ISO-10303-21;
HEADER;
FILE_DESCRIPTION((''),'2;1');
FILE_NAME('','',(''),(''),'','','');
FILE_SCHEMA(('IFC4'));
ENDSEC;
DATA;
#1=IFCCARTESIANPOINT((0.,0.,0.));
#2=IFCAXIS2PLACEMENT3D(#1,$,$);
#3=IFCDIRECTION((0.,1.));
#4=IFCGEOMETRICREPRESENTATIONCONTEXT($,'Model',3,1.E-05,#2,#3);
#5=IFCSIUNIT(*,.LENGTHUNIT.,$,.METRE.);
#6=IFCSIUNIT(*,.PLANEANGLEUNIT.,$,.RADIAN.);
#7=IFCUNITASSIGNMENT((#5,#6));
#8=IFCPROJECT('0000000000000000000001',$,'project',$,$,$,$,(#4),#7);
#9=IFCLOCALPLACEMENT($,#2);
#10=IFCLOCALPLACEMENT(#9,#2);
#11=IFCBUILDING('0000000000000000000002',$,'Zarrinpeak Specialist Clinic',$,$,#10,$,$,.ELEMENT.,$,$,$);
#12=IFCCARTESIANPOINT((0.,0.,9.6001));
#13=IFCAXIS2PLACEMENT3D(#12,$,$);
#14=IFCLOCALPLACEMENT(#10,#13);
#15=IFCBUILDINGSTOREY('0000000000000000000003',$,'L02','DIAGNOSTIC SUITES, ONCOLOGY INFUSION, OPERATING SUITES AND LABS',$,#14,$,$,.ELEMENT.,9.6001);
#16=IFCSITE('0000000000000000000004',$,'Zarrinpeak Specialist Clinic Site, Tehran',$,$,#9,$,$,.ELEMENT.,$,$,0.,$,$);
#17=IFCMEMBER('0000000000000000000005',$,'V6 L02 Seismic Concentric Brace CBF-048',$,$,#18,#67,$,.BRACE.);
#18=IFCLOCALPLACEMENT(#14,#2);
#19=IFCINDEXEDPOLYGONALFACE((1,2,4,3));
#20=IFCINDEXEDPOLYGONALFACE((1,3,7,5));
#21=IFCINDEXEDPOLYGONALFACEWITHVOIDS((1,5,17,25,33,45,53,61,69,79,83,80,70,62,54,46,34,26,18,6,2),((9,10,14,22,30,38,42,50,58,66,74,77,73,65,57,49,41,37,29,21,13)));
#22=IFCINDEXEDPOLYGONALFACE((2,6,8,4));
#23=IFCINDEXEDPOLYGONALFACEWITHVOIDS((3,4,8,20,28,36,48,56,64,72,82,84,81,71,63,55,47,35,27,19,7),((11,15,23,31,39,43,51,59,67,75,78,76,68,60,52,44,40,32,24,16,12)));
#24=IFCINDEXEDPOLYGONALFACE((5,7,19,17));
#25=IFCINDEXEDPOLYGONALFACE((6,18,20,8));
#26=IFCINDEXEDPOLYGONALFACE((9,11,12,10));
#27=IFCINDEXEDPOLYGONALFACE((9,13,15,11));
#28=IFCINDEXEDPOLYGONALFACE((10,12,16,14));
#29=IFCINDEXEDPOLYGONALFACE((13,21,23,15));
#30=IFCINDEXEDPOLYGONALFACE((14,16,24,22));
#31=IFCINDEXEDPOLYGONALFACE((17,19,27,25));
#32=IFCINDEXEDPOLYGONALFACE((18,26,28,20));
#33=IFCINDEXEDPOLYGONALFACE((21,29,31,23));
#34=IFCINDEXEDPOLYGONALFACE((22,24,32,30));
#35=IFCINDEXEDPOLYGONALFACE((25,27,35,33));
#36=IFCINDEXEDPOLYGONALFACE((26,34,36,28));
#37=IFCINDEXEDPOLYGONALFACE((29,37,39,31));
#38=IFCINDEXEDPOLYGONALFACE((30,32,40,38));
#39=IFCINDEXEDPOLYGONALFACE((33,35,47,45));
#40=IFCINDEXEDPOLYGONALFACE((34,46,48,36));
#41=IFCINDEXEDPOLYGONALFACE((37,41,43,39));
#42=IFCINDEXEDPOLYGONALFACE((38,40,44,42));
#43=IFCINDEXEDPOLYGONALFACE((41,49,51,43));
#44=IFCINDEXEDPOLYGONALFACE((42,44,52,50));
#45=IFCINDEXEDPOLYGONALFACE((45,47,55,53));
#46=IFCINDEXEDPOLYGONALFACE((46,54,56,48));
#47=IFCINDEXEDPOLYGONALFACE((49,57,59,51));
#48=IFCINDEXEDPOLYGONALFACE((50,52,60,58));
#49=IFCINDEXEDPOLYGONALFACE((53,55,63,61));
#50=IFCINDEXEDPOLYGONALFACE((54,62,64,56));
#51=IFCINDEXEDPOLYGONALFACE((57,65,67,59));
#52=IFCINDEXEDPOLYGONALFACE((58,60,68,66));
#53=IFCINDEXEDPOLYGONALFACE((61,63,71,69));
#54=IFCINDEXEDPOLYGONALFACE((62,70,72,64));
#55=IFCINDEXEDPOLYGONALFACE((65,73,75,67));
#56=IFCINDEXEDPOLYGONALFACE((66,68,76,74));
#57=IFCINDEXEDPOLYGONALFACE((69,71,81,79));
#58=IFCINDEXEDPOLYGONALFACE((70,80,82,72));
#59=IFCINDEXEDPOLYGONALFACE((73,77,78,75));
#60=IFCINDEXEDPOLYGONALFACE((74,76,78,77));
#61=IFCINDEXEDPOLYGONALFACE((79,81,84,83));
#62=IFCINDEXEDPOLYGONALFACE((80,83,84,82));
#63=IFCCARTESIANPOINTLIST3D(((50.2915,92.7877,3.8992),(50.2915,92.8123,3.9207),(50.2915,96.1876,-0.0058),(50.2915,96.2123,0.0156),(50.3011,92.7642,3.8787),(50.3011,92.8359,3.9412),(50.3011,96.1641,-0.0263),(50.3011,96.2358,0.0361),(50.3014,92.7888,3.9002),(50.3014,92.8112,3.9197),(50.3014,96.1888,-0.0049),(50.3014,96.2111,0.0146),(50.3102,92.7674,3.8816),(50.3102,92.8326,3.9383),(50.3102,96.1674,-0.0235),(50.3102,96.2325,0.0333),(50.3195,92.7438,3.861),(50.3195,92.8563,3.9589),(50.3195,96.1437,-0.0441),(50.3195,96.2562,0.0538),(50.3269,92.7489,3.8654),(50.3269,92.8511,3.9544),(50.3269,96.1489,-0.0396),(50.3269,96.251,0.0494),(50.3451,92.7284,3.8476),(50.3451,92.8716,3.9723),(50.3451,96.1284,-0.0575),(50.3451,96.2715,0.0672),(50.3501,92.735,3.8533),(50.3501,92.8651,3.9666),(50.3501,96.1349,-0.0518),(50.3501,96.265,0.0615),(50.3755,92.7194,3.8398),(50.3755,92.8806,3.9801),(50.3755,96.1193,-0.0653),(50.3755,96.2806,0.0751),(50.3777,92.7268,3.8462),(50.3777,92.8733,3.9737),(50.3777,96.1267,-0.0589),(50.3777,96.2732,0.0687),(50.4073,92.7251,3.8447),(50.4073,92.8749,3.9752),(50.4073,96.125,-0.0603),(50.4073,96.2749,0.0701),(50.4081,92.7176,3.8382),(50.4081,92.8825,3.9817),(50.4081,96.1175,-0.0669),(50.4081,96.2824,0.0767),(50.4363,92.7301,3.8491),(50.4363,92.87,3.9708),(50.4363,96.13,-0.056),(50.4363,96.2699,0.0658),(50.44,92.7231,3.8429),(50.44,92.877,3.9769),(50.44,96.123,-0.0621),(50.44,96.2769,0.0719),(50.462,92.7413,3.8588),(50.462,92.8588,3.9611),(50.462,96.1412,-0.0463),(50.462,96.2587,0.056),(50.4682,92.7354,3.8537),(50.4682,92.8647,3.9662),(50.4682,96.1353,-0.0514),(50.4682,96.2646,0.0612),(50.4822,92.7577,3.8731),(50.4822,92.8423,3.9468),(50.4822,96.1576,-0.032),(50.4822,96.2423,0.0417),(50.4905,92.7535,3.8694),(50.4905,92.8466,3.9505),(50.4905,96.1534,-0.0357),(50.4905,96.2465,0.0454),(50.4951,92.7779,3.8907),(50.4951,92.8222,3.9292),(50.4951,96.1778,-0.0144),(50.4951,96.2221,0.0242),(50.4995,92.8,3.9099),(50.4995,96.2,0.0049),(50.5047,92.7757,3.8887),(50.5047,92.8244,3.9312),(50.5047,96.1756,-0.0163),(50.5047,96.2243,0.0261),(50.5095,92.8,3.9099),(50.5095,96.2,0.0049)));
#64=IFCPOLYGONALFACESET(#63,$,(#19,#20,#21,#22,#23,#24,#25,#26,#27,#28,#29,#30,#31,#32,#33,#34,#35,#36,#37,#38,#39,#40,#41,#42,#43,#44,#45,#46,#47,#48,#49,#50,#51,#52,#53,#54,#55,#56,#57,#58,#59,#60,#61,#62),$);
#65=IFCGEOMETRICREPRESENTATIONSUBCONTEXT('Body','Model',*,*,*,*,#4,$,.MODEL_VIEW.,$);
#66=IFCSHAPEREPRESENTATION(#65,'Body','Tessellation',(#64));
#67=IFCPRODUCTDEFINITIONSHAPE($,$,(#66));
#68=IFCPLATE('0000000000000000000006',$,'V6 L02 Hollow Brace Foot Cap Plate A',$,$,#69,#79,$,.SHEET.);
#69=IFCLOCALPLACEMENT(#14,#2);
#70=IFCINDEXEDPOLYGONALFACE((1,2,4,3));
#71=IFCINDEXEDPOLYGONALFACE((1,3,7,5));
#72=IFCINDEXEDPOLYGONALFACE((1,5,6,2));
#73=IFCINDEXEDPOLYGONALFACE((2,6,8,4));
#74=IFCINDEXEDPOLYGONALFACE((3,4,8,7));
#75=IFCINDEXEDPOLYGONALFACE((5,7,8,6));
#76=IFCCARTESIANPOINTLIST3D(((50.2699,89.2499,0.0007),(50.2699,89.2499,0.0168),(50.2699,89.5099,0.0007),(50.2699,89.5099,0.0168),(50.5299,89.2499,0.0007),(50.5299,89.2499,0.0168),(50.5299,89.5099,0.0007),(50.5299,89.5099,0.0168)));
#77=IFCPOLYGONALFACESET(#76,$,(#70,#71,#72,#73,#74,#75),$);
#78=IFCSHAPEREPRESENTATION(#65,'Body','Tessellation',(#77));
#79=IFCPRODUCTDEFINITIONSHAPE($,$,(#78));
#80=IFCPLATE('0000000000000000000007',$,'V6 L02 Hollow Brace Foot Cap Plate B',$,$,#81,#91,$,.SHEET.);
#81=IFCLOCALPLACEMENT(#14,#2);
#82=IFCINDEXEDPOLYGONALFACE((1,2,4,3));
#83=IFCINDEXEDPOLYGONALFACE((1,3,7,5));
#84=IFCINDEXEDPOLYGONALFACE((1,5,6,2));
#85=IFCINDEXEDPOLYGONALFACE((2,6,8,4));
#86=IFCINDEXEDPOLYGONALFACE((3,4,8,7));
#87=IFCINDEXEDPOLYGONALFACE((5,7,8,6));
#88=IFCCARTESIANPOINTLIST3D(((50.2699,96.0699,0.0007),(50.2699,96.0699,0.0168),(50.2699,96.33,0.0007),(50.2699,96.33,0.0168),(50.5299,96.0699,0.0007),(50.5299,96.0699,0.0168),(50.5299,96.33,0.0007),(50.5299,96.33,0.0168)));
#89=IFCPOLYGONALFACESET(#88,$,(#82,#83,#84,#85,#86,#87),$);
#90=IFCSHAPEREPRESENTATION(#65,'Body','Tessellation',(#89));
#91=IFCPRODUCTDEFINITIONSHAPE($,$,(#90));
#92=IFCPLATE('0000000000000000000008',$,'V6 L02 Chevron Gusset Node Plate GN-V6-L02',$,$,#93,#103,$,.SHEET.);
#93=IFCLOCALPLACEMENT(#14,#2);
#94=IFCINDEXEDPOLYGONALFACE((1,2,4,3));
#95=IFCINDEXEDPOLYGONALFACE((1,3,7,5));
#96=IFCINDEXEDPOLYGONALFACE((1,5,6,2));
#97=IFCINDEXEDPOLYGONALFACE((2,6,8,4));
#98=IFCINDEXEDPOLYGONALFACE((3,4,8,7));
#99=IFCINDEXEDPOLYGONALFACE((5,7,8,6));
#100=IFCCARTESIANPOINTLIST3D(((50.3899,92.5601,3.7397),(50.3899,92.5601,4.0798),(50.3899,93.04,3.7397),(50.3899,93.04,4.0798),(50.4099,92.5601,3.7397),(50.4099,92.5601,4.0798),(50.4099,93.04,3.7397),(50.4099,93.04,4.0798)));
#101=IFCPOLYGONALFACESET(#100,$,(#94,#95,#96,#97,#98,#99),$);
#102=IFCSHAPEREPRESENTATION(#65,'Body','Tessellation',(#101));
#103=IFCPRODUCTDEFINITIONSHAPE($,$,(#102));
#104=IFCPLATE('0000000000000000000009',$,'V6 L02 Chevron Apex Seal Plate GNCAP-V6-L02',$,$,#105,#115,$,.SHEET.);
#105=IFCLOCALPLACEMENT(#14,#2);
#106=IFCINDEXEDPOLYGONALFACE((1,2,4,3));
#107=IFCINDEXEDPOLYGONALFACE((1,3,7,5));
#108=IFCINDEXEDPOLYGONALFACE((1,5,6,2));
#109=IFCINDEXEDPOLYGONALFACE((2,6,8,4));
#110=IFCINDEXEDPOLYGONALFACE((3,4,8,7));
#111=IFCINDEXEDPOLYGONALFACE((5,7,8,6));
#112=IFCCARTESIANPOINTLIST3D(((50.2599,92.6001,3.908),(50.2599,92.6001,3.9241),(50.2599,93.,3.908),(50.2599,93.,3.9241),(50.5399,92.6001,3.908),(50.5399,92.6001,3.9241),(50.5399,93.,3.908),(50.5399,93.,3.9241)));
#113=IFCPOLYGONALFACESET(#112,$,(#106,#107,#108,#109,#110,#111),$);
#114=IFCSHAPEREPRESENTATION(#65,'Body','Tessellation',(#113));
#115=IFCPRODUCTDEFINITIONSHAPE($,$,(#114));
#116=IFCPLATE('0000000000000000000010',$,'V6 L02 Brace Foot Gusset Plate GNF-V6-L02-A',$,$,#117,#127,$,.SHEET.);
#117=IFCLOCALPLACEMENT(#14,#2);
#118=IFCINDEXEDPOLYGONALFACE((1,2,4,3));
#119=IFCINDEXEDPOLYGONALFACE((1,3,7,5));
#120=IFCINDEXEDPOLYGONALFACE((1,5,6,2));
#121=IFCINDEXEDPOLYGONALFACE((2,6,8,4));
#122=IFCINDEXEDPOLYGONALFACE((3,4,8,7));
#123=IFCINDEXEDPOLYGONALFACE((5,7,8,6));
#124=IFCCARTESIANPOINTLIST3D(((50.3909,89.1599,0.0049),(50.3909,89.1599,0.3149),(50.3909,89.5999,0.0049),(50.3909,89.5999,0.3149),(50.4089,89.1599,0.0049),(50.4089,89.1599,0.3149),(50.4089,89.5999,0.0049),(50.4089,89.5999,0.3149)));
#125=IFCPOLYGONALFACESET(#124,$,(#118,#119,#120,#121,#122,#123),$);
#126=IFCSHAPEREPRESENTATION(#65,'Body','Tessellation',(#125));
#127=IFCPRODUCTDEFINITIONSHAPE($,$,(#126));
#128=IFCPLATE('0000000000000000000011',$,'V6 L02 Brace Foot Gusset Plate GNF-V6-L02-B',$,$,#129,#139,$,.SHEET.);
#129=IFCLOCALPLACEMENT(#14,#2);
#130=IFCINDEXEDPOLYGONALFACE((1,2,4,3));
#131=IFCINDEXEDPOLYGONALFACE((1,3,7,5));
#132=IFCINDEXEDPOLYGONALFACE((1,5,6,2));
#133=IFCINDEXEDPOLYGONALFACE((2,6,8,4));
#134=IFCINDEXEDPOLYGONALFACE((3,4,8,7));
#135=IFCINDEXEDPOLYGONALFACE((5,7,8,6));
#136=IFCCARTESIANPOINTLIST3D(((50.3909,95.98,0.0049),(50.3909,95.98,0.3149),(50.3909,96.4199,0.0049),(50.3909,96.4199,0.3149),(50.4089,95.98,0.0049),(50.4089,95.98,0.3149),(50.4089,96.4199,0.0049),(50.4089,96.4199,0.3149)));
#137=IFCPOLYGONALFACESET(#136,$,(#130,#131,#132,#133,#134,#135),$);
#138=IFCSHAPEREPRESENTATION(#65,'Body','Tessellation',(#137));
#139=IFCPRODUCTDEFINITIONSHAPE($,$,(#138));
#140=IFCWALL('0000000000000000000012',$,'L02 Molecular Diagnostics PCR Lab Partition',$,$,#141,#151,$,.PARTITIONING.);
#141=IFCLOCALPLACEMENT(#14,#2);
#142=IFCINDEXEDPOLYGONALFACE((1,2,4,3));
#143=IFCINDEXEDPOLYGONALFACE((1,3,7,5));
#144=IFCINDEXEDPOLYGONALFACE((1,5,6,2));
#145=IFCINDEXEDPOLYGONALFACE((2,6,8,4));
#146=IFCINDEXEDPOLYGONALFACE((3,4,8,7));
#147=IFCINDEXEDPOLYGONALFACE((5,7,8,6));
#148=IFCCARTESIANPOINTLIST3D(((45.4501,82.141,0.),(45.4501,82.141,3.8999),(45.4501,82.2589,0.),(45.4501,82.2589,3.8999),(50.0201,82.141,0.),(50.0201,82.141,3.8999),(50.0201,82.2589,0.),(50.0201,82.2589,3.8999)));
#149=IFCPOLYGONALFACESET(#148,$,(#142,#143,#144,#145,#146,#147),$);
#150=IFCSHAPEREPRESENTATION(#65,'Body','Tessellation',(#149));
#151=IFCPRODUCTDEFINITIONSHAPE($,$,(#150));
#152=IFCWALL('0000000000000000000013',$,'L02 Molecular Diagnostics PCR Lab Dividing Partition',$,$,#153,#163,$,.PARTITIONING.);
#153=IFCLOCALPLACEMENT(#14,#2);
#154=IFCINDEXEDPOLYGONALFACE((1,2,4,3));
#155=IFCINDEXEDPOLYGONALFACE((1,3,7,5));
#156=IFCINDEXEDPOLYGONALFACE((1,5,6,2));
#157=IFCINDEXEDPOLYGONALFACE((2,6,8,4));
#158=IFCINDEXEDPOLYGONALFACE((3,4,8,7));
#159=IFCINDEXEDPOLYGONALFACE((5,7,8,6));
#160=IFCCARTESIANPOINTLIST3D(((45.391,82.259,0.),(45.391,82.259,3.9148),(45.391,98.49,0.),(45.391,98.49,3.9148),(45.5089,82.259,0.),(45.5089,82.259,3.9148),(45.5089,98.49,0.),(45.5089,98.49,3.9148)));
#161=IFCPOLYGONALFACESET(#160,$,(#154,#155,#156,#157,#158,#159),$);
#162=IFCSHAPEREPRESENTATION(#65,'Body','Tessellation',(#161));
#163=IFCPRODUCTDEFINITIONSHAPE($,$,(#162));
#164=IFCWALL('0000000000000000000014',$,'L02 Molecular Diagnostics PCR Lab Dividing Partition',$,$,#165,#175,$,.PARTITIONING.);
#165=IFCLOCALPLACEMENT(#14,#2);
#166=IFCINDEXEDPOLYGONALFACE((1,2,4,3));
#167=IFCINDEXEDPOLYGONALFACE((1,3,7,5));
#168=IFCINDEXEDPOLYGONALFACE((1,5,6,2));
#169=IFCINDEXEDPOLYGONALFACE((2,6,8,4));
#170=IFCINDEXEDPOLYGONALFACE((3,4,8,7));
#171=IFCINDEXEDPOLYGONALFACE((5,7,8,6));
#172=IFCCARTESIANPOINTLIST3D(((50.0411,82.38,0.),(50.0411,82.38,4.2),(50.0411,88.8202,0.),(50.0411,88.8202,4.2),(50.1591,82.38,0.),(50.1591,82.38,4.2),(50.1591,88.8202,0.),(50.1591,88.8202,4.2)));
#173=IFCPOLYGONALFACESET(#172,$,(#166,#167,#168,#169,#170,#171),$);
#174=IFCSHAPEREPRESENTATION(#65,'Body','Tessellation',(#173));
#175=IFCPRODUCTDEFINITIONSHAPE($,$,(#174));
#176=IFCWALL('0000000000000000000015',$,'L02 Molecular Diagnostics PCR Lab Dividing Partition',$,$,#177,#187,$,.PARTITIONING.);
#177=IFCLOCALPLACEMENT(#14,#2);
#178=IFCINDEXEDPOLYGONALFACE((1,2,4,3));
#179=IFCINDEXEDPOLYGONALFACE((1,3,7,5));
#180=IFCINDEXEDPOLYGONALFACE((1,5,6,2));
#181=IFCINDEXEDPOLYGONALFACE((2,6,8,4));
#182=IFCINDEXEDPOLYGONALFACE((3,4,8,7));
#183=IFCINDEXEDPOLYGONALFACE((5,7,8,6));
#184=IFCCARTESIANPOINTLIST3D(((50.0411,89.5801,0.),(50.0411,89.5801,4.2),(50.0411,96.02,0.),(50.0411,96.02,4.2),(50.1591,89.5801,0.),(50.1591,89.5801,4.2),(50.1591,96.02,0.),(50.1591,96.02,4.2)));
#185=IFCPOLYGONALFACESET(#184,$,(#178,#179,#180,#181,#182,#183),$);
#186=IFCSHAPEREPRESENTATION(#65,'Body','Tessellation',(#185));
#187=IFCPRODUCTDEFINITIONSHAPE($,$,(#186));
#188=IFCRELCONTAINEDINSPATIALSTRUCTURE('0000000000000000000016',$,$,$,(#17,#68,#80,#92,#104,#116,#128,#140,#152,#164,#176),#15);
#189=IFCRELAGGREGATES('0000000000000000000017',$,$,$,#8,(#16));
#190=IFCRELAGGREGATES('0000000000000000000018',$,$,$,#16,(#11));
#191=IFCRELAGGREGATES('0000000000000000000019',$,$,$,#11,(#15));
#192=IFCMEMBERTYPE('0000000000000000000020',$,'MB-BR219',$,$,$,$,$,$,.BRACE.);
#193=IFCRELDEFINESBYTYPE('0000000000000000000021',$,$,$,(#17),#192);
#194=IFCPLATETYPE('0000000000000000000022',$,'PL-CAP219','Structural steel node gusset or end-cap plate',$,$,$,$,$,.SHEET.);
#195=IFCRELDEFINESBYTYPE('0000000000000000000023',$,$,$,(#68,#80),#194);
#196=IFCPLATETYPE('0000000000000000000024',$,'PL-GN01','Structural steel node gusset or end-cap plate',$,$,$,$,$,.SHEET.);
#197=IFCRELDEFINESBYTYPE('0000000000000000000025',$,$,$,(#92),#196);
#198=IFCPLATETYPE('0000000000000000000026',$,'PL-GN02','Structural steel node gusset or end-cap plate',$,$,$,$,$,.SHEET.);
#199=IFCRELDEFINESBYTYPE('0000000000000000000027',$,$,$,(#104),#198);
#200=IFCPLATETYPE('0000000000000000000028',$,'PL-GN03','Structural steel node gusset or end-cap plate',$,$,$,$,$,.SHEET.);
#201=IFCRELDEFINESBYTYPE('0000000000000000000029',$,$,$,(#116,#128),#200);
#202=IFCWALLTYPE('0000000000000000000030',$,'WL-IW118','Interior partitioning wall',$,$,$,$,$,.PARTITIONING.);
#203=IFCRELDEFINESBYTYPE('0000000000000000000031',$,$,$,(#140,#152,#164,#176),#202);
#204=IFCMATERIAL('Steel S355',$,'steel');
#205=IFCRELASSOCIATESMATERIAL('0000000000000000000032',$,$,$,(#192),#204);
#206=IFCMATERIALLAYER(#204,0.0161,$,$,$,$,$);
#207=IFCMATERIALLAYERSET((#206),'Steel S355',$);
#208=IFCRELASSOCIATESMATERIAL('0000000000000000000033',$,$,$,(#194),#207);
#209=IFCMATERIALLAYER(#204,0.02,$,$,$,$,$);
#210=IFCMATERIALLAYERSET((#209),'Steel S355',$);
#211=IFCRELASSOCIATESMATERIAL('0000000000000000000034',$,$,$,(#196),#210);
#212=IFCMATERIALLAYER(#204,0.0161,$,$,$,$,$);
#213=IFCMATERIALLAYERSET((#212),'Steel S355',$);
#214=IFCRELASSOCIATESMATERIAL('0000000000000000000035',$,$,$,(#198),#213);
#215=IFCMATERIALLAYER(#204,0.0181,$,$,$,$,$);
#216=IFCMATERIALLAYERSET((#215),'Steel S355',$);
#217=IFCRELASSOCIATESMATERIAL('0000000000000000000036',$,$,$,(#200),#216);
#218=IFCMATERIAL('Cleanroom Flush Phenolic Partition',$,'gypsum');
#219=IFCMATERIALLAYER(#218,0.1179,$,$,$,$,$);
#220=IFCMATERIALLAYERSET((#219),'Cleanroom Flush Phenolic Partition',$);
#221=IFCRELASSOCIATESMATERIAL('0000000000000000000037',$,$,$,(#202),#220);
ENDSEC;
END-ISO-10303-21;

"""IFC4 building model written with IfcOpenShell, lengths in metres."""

from ifc_helpers import new_model, si_unit, direction, frame, frame_2d, origin, origin_2d, place, context, subcontext, project, spatial, rectangle, hollow_circle, extrude, material, layer, layer_set, material_profile, profile_set, type_object, element, save


model = new_model("IFC4")

# Units and contexts
model_context = context("Model", 3, precision=1e-05, world=origin(), true_north=direction((0.0, 1.0)))
body_context = subcontext(model_context, "Body", "Model", "MODEL_VIEW")
ifc_project = project(units=[si_unit("LENGTHUNIT", "METRE"), si_unit("PLANEANGLEUNIT", "RADIAN")], contexts=[model_context])

# Site, building, storey
site_placement = place(None, origin())
site = spatial("IfcSite", under=ifc_project, at=site_placement, Name="Zarrinpeak Specialist Clinic Site, Tehran", CompositionType="ELEMENT", RefElevation=0.0)
building_placement = place(site_placement, origin())
building = spatial("IfcBuilding", under=site, at=building_placement, Name="Zarrinpeak Specialist Clinic", CompositionType="ELEMENT")
storey_placement = place(building_placement, frame((0.0, 0.0, 9.6001)))
storey = spatial("IfcBuildingStorey", under=building, at=storey_placement, Name="L02", Description="DIAGNOSTIC SUITES, ONCOLOGY INFUSION, OPERATING SUITES AND LABS", CompositionType="ELEMENT", Elevation=9.6001)

# Shared definitions
ifc_material_1 = material(Name="Steel S355", Category="steel")

# Member
ifc_material_profile_1 = material_profile(ifc_material_1, hollow_circle(Radius=0.1096, WallThickness=0.01, at=origin_2d()), Name="CHS 219.1x10.0")
ifc_profile_set_1 = profile_set([ifc_material_profile_1], Name="Steel S355")
member_type = type_object("IfcMemberType", Name="MB-BR219", PredefinedType="BRACE", material=ifc_profile_set_1)
member_1_placement = place(storey_placement, frame((50.3999, 96.2, 0.0049), z_axis=(0.0, -0.656643, 0.754201), x_axis=(1.0, 0.0, 0.0)))
element("IfcMember", 1, at=member_1_placement, inside=storey, type_object=member_type, Name="V6 L02 Seismic Concentric Brace CBF-048", PredefinedType="BRACE", context=body_context, shape_type="SweptSolid", body=[
    extrude(hollow_circle(Radius=0.1096, WallThickness=0.01, at=origin_2d()), origin(), (0.0, 0.0, 1.0), 5.1777),
])

# Plates
ifc_layer_1 = layer(ifc_material_1, 0.0161)
ifc_layer_set_1 = layer_set([ifc_layer_1], Name="Steel S355")
plate_type_1 = type_object("IfcPlateType", Name="PL-CAP219", Description="Structural steel node gusset or end-cap plate", PredefinedType="SHEET", material=ifc_layer_set_1)
for number, where, z_axis, x_axis, name in (
    (2, (50.3999, 89.3799, 0.0007), (0.0, 0.0, 1.0), (1.0, 0.0, 0.0), "V6 L02 Hollow Brace Foot Cap Plate A"),
    (3, (50.3999, 96.2, 0.0007), (0.0, 0.0, 1.0), (1.0, 0.0, 0.0), "V6 L02 Hollow Brace Foot Cap Plate B"),
):
    element("IfcPlate", number, at=place(storey_placement, frame(where, z_axis=z_axis, x_axis=x_axis)), inside=storey, type_object=plate_type_1, Name=name, PredefinedType="SHEET", context=body_context, shape_type="SweptSolid", body=[
        extrude(rectangle(XDim=0.26, YDim=0.26, at=origin_2d()), origin(), (0.0, 0.0, 1.0), 0.0161),
    ])
ifc_layer_2 = layer(ifc_material_1, 0.02)
ifc_layer_set_2 = layer_set([ifc_layer_2], Name="Steel S355")
plate_type_2 = type_object("IfcPlateType", Name="PL-GN01", Description="Structural steel node gusset or end-cap plate", PredefinedType="SHEET", material=ifc_layer_set_2)
plate_1_placement = place(storey_placement, frame((50.3999, 92.8, 3.7397), z_axis=(0.0, 0.0, 1.0), x_axis=(1.0, 0.0, 0.0)))
element("IfcPlate", 4, at=plate_1_placement, inside=storey, type_object=plate_type_2, Name="V6 L02 Chevron Gusset Node Plate GN-V6-L02", PredefinedType="SHEET", context=body_context, shape_type="SweptSolid", body=[
    extrude(rectangle(XDim=0.02, YDim=0.48, at=origin_2d()), origin(), (0.0, 0.0, 1.0), 0.3401),
])
ifc_layer_3 = layer(ifc_material_1, 0.0161)
ifc_layer_set_3 = layer_set([ifc_layer_3], Name="Steel S355")
plate_type_3 = type_object("IfcPlateType", Name="PL-GN02", Description="Structural steel node gusset or end-cap plate", PredefinedType="SHEET", material=ifc_layer_set_3)
plate_2_placement = place(storey_placement, frame((50.3999, 92.8, 3.908), z_axis=(0.0, 0.0, 1.0), x_axis=(1.0, 0.0, 0.0)))
element("IfcPlate", 5, at=plate_2_placement, inside=storey, type_object=plate_type_3, Name="V6 L02 Chevron Apex Seal Plate GNCAP-V6-L02", PredefinedType="SHEET", context=body_context, shape_type="SweptSolid", body=[
    extrude(rectangle(XDim=0.28, YDim=0.3999, at=origin_2d()), origin(), (0.0, 0.0, 1.0), 0.0161),
])
ifc_layer_4 = layer(ifc_material_1, 0.0181)
ifc_layer_set_4 = layer_set([ifc_layer_4], Name="Steel S355")
plate_type_4 = type_object("IfcPlateType", Name="PL-GN03", Description="Structural steel node gusset or end-cap plate", PredefinedType="SHEET", material=ifc_layer_set_4)
for number, where, z_axis, x_axis, name in (
    (6, (50.3999, 89.3799, 0.0049), (0.0, 0.0, 1.0), (1.0, 0.0, 0.0), "V6 L02 Brace Foot Gusset Plate GNF-V6-L02-A"),
    (7, (50.3999, 96.2, 0.0049), (0.0, 0.0, 1.0), (1.0, 0.0, 0.0), "V6 L02 Brace Foot Gusset Plate GNF-V6-L02-B"),
):
    element("IfcPlate", number, at=place(storey_placement, frame(where, z_axis=z_axis, x_axis=x_axis)), inside=storey, type_object=plate_type_4, Name=name, PredefinedType="SHEET", context=body_context, shape_type="SweptSolid", body=[
        extrude(rectangle(XDim=0.0181, YDim=0.4399, at=origin_2d()), origin(), (0.0, 0.0, 1.0), 0.3101),
    ])

# Walls
ifc_material_2 = material(Name="Cleanroom Flush Phenolic Partition", Category="gypsum")
ifc_layer_5 = layer(ifc_material_2, 0.1179)
ifc_layer_set_5 = layer_set([ifc_layer_5], Name="Cleanroom Flush Phenolic Partition")
wall_type_1 = type_object("IfcWallType", Name="WL-IW118", Description="Interior partitioning wall", PredefinedType="PARTITIONING", material=ifc_layer_set_5)
wall_1_placement = place(storey_placement, frame((45.45, 82.2, 0.0), z_axis=(0.0, 0.0, 1.0), x_axis=(1.0, 0.0, 0.0)))
element("IfcWall", 8, at=wall_1_placement, inside=storey, type_object=wall_type_1, Name="L02 Molecular Diagnostics PCR Lab Partition", PredefinedType="PARTITIONING", context=body_context, shape_type="SweptSolid", body=[
    extrude(rectangle(XDim=4.5701, YDim=0.1179, at=frame_2d((2.2852, 0.0))), origin(), (0.0, 0.0, 1.0), 3.8999),
])
wall_2_placement = place(storey_placement, frame((45.45, 82.259, 0.0), z_axis=(0.0, 0.0, 1.0), x_axis=(0.0, 1.0, 0.0)))
element("IfcWall", 9, at=wall_2_placement, inside=storey, type_object=wall_type_1, Name="L02 Molecular Diagnostics PCR Lab Dividing Partition", PredefinedType="PARTITIONING", context=body_context, shape_type="SweptSolid", body=[
    extrude(rectangle(XDim=16.231, YDim=0.1179, at=frame_2d((8.1155, 0.0))), origin(), (0.0, 0.0, 1.0), 3.9148),
])
wall_3_placement = place(storey_placement, frame((50.1001, 82.3799, 0.0), z_axis=(0.0, 0.0, 1.0), x_axis=(0.0, 1.0, 0.0)))
element("IfcWall", 10, at=wall_3_placement, inside=storey, type_object=wall_type_1, Name="L02 Molecular Diagnostics PCR Lab Dividing Partition", PredefinedType="PARTITIONING", context=body_context, shape_type="SweptSolid", body=[
    extrude(rectangle(XDim=6.4402, YDim=0.1179, at=frame_2d((3.2202, 0.0))), origin(), (0.0, 0.0, 1.0), 4.2),
])
wall_4_placement = place(storey_placement, frame((50.1001, 89.5801, 0.0), z_axis=(0.0, 0.0, 1.0), x_axis=(0.0, 1.0, 0.0)))
element("IfcWall", 11, at=wall_4_placement, inside=storey, type_object=wall_type_1, Name="L02 Molecular Diagnostics PCR Lab Dividing Partition", PredefinedType="PARTITIONING", context=body_context, shape_type="SweptSolid", body=[
    extrude(rectangle(XDim=6.4399, YDim=0.1179, at=frame_2d((3.22, 0.0))), origin(), (0.0, 0.0, 1.0), 4.2),
])

save(model, "model.ifc")
